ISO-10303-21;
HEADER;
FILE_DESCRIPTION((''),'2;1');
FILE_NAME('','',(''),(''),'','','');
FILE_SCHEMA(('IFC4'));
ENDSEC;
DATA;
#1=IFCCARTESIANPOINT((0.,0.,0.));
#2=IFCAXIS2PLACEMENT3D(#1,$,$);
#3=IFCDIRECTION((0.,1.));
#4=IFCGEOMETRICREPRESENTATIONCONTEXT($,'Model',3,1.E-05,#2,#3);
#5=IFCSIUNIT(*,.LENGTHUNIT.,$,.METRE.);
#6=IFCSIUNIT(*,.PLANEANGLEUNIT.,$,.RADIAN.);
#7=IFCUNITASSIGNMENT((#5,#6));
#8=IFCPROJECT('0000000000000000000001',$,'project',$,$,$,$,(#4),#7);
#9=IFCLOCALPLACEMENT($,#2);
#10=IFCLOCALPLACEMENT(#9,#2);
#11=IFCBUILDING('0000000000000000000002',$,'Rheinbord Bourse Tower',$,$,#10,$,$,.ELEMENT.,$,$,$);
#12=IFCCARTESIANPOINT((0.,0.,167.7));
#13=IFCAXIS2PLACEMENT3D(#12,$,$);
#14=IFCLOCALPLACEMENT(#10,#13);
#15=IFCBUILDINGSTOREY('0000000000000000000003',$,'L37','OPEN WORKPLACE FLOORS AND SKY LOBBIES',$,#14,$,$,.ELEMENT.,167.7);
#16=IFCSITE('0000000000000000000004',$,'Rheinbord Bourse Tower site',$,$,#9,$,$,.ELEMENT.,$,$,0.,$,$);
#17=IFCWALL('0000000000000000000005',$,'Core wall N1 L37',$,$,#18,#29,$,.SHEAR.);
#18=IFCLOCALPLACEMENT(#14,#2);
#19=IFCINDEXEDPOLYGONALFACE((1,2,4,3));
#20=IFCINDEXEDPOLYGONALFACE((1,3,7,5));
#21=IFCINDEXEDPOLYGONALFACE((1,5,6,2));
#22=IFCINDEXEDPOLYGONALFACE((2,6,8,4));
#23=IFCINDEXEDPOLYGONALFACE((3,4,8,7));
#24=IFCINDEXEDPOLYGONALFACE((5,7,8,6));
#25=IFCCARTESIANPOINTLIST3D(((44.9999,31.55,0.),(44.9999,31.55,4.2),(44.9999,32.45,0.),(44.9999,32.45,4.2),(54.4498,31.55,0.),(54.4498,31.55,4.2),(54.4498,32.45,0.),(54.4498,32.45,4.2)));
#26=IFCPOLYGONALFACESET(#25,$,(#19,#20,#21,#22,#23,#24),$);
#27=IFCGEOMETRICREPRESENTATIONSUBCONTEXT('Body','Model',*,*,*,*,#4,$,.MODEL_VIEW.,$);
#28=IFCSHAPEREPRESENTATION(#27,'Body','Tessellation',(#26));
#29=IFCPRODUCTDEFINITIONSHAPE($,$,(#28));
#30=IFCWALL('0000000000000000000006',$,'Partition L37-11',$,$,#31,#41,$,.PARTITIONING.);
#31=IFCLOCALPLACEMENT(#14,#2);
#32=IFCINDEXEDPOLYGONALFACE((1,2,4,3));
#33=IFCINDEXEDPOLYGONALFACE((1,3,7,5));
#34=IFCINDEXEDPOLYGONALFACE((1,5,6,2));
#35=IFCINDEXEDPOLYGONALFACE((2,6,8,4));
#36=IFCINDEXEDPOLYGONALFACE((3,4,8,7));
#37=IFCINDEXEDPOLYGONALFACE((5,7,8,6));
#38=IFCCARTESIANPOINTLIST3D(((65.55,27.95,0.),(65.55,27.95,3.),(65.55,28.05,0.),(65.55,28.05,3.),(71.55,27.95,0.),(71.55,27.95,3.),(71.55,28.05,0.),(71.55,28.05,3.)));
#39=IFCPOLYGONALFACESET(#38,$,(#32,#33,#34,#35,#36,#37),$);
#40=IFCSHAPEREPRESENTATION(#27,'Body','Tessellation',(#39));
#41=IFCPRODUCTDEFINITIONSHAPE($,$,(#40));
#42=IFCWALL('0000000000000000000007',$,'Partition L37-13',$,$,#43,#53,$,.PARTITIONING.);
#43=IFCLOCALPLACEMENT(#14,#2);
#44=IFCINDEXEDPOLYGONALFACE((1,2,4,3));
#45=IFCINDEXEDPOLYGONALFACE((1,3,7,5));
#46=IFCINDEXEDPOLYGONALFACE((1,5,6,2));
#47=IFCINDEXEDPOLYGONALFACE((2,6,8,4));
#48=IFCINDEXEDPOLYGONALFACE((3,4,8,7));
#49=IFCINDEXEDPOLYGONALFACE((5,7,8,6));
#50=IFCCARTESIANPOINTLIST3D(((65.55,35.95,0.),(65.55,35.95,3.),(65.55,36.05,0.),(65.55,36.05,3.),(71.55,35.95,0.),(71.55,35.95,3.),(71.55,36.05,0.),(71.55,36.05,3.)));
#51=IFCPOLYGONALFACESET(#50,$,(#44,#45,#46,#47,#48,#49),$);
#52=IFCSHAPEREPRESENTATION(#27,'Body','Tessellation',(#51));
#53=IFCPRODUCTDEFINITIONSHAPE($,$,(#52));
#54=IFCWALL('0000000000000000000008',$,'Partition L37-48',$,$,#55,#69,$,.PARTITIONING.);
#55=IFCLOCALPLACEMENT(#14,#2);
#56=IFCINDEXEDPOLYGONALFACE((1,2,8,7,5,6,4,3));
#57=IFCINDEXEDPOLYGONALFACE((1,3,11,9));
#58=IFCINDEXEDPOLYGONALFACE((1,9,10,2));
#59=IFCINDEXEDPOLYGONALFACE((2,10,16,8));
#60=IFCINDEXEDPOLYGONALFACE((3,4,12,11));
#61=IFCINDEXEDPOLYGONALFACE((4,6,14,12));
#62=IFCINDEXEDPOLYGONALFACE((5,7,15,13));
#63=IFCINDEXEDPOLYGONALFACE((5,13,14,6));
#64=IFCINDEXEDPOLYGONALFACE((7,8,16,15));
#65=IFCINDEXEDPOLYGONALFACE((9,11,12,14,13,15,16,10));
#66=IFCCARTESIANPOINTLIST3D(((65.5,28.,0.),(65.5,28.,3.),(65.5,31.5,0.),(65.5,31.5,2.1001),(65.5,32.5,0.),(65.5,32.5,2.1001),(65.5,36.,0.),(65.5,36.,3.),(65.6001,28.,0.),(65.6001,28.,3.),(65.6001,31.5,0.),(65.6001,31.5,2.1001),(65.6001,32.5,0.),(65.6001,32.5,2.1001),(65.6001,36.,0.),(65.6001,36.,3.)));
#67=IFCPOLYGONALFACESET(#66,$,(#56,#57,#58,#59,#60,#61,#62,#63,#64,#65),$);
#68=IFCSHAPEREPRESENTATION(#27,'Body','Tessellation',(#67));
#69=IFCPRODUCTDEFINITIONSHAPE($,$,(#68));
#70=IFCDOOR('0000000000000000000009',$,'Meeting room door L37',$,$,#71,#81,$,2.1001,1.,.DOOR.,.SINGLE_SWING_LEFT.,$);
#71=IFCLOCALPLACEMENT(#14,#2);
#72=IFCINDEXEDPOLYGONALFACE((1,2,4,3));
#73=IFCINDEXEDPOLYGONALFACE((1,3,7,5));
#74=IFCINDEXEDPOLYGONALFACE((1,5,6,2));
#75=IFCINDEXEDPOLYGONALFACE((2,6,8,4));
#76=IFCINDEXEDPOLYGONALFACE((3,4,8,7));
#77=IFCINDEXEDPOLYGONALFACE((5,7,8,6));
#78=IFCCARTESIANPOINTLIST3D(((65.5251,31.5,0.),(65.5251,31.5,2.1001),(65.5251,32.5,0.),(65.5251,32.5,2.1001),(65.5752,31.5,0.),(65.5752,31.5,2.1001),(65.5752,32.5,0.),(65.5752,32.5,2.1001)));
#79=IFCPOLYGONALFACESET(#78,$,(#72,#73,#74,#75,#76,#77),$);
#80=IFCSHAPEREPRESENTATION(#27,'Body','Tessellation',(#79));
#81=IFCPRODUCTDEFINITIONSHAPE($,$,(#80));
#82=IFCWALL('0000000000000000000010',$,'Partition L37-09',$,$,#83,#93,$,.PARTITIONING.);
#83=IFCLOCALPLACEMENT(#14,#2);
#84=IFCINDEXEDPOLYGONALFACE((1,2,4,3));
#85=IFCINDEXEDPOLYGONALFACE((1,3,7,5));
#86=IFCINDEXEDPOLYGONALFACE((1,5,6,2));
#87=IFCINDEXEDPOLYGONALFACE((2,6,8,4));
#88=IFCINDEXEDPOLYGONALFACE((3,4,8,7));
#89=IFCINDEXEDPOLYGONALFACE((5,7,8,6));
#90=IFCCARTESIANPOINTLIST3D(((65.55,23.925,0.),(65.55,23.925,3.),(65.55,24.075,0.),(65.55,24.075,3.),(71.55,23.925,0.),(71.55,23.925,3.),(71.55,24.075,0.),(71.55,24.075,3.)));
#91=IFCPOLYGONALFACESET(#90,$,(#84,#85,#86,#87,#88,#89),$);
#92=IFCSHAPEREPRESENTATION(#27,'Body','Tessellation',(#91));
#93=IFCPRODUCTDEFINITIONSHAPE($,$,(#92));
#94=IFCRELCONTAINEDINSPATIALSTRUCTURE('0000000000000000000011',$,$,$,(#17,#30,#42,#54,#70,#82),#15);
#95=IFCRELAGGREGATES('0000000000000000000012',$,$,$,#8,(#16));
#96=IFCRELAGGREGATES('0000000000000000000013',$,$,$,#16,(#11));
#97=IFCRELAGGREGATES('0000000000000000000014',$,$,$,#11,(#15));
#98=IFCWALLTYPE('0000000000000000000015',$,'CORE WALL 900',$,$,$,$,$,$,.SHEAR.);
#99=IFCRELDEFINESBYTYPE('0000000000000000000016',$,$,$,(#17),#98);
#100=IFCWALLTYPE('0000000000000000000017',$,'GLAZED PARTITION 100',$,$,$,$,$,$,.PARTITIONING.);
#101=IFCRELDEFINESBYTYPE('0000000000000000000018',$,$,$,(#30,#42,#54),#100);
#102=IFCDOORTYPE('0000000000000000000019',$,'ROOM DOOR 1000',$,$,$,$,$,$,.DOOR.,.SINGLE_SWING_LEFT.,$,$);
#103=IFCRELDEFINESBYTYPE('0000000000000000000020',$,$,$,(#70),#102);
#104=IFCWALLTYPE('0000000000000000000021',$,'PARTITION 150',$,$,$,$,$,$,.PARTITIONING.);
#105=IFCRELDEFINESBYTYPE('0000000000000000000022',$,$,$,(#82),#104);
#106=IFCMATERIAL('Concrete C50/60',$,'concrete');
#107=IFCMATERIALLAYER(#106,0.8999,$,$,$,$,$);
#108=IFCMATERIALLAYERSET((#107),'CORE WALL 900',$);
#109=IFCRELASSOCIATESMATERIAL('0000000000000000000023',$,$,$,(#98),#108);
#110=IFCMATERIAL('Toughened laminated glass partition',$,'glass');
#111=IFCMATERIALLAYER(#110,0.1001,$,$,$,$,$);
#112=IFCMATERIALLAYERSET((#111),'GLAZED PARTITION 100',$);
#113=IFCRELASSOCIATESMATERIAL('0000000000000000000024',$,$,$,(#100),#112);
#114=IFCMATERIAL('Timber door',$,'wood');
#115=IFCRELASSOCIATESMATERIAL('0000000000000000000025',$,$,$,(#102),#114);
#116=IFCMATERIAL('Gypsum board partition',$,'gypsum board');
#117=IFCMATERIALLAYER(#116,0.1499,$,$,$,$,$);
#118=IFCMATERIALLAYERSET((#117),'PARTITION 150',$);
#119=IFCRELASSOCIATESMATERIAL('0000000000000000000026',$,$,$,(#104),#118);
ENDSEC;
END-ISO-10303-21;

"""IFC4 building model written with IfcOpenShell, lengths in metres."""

from ifc_helpers import new_model, si_unit, direction, frame, frame_2d, origin, place, context, subcontext, project, spatial, rectangle, extrude, material, layer, layer_set, type_object, element, fill, save


model = new_model("IFC4")

# Units and contexts
model_context = context("Model", 3, precision=1e-05, world=origin(), true_north=direction((0.0, 1.0)))
body_context = subcontext(model_context, "Body", "Model", "MODEL_VIEW")
ifc_project = project(units=[si_unit("LENGTHUNIT", "METRE"), si_unit("PLANEANGLEUNIT", "RADIAN")], contexts=[model_context])

# Site, building, storey
site_placement = place(None, origin())
site = spatial("IfcSite", under=ifc_project, at=site_placement, Name="Rheinbord Bourse Tower site", CompositionType="ELEMENT", RefElevation=0.0)
building_placement = place(site_placement, origin())
building = spatial("IfcBuilding", under=site, at=building_placement, Name="Rheinbord Bourse Tower", CompositionType="ELEMENT")
storey_placement = place(building_placement, frame((0.0, 0.0, 167.7)))
storey = spatial("IfcBuildingStorey", under=building, at=storey_placement, Name="L37", Description="OPEN WORKPLACE FLOORS AND SKY LOBBIES", CompositionType="ELEMENT", Elevation=167.7)

# Walls
ifc_material_1 = material(Name="Concrete C50/60", Category="concrete")
ifc_layer_1 = layer(ifc_material_1, 0.8999)
ifc_layer_set_1 = layer_set([ifc_layer_1], Name="CORE WALL 900")
wall_type_1 = type_object("IfcWallType", Name="CORE WALL 900", PredefinedType="SHEAR", material=ifc_layer_set_1)
wall_1_placement = place(storey_placement, frame((54.45, 32.0, 0.0), z_axis=(0.0, 0.0, 1.0), x_axis=(-1.0, 0.0, 0.0)))
element("IfcWall", 1, at=wall_1_placement, inside=storey, type_object=wall_type_1, Name="Core wall N1 L37", PredefinedType="SHEAR", context=body_context, shape_type="SweptSolid", body=[
    extrude(rectangle(XDim=9.45, YDim=0.8999, at=frame_2d((4.7251, 0.0))), origin(), (0.0, 0.0, 1.0), 4.2),
])
ifc_material_2 = material(Name="Toughened laminated glass partition", Category="glass")
ifc_layer_2 = layer(ifc_material_2, 0.1001)
ifc_layer_set_2 = layer_set([ifc_layer_2], Name="GLAZED PARTITION 100")
wall_type_2 = type_object("IfcWallType", Name="GLAZED PARTITION 100", PredefinedType="PARTITIONING", material=ifc_layer_set_2)
for number, where, z_axis, x_axis, name in (
    (2, (65.55, 28.0, 0.0), (0.0, 0.0, 1.0), (1.0, 0.0, 0.0), "Partition L37-11"),
    (3, (65.55, 36.0, 0.0), (0.0, 0.0, 1.0), (1.0, 0.0, 0.0), "Partition L37-13"),
):
    element("IfcWall", number, at=place(storey_placement, frame(where, z_axis=z_axis, x_axis=x_axis)), inside=storey, type_object=wall_type_2, Name=name, PredefinedType="PARTITIONING", context=body_context, shape_type="SweptSolid", body=[
        extrude(rectangle(XDim=6.0, YDim=0.1001, at=frame_2d((3.0, 0.0))), origin(), (0.0, 0.0, 1.0), 3.0),
    ])

# Wall, opening, door
wall_2_placement = place(storey_placement, frame((65.55, 28.0, 0.0), z_axis=(0.0, 0.0, 1.0), x_axis=(0.0, 1.0, 0.0)))
wall_2 = element("IfcWall", 4, at=wall_2_placement, inside=storey, type_object=wall_type_2, Name="Partition L37-48", PredefinedType="PARTITIONING", context=body_context, shape_type="SweptSolid", body=[
    extrude(rectangle(XDim=8.0, YDim=0.1001, at=frame_2d((4.0, 0.0))), origin(), (0.0, 0.0, 1.0), 3.0),
])
opening_placement = place(wall_2_placement, frame((3.5, 0.0, 0.0)))
opening = element("IfcOpeningElement", 5, at=opening_placement, cuts=wall_2, PredefinedType="OPENING", context=body_context, shape_type="SweptSolid", body=[
    extrude(rectangle(XDim=1.0, YDim=2.1001, at=frame_2d((0.5, 1.05))), frame((0.0, 0.0601, 0.0), z_axis=(0.0, -1.0, 0.0), x_axis=(1.0, 0.0, 0.0)), (0.0, 0.0, 1.0), 0.1201),
])
ifc_material_3 = material(Name="Timber door", Category="wood")
door_type = type_object("IfcDoorType", Name="ROOM DOOR 1000", OperationType="SINGLE_SWING_LEFT", PredefinedType="DOOR", material=ifc_material_3)
door_placement = place(opening_placement, origin())
door = element("IfcDoor", 6, at=door_placement, inside=storey, type_object=door_type, Name="Meeting room door L37", OperationType="SINGLE_SWING_LEFT", OverallHeight=2.1001, OverallWidth=1.0, PredefinedType="DOOR", context=body_context, shape_type="SweptSolid", body=[
    extrude(rectangle(XDim=1.0, YDim=2.1001, at=frame_2d((0.5, 1.05))), frame((0.0, 0.0249, 0.0), z_axis=(0.0, -1.0, 0.0), x_axis=(1.0, 0.0, 0.0)), (0.0, 0.0, 1.0), 0.05),
])
fill(opening, door)

# Wall
ifc_material_4 = material(Name="Gypsum board partition", Category="gypsum board")
ifc_layer_3 = layer(ifc_material_4, 0.1499)
ifc_layer_set_3 = layer_set([ifc_layer_3], Name="PARTITION 150")
wall_type_3 = type_object("IfcWallType", Name="PARTITION 150", PredefinedType="PARTITIONING", material=ifc_layer_set_3)
wall_3_placement = place(storey_placement, frame((65.55, 24.0, 0.0), z_axis=(0.0, 0.0, 1.0), x_axis=(1.0, 0.0, 0.0)))
element("IfcWall", 7, at=wall_3_placement, inside=storey, type_object=wall_type_3, Name="Partition L37-09", PredefinedType="PARTITIONING", context=body_context, shape_type="SweptSolid", body=[
    extrude(rectangle(XDim=6.0, YDim=0.1499, at=frame_2d((3.0, 0.0))), origin(), (0.0, 0.0, 1.0), 3.0),
])

save(model, "model.ifc")
